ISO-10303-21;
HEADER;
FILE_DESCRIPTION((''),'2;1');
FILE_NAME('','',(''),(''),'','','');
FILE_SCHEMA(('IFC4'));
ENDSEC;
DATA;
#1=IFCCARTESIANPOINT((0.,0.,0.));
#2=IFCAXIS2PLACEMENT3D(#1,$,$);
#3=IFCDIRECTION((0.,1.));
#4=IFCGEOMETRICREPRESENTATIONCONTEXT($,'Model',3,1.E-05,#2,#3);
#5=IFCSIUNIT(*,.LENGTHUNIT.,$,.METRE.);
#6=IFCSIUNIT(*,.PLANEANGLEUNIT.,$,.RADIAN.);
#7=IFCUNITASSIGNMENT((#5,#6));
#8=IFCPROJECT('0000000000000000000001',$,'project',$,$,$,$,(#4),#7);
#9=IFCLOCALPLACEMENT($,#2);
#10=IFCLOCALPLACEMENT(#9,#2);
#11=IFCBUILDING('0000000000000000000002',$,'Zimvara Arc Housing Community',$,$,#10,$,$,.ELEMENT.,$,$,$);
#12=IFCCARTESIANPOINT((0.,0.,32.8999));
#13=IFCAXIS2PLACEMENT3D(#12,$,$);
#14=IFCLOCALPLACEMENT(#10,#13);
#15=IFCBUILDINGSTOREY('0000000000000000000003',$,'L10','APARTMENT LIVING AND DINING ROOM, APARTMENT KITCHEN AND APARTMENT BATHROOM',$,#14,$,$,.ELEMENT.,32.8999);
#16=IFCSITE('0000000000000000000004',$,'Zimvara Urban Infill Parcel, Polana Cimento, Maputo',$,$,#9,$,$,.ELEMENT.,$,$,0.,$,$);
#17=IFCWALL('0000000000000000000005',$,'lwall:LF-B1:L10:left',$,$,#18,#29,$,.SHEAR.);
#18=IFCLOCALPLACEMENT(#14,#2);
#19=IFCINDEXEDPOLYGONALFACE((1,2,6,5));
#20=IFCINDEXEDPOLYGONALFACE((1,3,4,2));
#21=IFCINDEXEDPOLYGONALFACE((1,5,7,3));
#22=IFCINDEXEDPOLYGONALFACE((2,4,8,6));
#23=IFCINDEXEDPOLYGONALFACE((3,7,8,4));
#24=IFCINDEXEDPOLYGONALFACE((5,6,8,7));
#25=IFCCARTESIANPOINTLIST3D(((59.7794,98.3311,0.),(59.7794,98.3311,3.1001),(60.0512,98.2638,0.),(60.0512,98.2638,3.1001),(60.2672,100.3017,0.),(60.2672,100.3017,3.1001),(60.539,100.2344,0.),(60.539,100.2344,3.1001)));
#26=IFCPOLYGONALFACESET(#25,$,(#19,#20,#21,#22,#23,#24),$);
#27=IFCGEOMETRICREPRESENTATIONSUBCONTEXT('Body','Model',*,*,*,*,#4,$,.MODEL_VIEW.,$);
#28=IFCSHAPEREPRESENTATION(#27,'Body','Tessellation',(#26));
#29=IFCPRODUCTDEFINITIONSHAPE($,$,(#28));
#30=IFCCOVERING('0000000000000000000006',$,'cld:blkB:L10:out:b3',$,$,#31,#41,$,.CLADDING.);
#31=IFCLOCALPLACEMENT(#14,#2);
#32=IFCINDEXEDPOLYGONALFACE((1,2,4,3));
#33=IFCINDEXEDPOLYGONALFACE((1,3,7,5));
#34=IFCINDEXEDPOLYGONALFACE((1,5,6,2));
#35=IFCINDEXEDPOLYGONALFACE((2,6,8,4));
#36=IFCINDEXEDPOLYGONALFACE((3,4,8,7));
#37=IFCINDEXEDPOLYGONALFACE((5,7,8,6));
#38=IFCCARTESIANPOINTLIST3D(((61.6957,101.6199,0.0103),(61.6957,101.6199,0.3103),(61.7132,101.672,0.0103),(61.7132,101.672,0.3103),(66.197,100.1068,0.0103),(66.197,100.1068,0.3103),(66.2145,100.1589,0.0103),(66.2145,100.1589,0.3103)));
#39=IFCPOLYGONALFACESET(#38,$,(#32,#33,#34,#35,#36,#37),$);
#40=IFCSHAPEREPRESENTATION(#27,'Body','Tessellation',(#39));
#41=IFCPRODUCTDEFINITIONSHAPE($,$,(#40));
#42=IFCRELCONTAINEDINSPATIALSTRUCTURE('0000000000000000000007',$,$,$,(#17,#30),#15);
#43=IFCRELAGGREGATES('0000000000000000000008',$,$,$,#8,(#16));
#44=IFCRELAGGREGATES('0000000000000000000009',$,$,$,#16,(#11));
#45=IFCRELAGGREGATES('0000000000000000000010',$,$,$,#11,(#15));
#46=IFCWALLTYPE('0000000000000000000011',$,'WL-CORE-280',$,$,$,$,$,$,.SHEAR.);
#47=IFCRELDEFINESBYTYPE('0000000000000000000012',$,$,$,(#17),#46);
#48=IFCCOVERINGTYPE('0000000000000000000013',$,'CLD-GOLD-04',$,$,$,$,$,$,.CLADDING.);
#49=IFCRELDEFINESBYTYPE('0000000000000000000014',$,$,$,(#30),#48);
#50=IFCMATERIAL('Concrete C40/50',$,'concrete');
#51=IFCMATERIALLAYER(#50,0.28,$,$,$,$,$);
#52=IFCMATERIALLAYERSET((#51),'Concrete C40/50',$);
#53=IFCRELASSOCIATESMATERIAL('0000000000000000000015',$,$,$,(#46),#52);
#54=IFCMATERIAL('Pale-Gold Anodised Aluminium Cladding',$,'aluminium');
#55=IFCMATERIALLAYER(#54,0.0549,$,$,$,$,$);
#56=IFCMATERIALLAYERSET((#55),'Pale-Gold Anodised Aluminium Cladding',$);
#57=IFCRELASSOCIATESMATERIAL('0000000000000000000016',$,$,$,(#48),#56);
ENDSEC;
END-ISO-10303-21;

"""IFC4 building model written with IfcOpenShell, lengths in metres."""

from ifc_helpers import new_model, si_unit, direction, frame, frame_2d, origin, origin_2d, place, context, subcontext, project, spatial, rectangle, extrude, material, layer, layer_set, type_object, element, save


model = new_model("IFC4")

# Units and contexts
model_context = context("Model", 3, precision=1e-05, world=origin(), true_north=direction((0.0, 1.0)))
body_context = subcontext(model_context, "Body", "Model", "MODEL_VIEW")
ifc_project = project(units=[si_unit("LENGTHUNIT", "METRE"), si_unit("PLANEANGLEUNIT", "RADIAN")], contexts=[model_context])

# Site, building, storey
site_placement = place(None, origin())
site = spatial("IfcSite", under=ifc_project, at=site_placement, Name="Zimvara Urban Infill Parcel, Polana Cimento, Maputo", CompositionType="ELEMENT", RefElevation=0.0)
building_placement = place(site_placement, origin())
building = spatial("IfcBuilding", under=site, at=building_placement, Name="Zimvara Arc Housing Community", CompositionType="ELEMENT")
storey_placement = place(building_placement, frame((0.0, 0.0, 32.8999)))
storey = spatial("IfcBuildingStorey", under=building, at=storey_placement, Name="L10", Description="APARTMENT LIVING AND DINING ROOM, APARTMENT KITCHEN AND APARTMENT BATHROOM", CompositionType="ELEMENT", Elevation=32.8999)

# Shared definitions
ifc_material_1 = material(Name="Concrete C40/50", Category="concrete")
ifc_layer_1 = layer(ifc_material_1, 0.28)
ifc_layer_set_1 = layer_set([ifc_layer_1], Name="Concrete C40/50")
wall_type_1 = type_object("IfcWallType", Name="WL-CORE-280", PredefinedType="SHEAR", material=ifc_layer_set_1)

# Wall
wall_1_placement = place(storey_placement, frame((59.9153, 98.2974, 0.0), z_axis=(0.0, 0.0, 1.0), x_axis=(0.240299, 0.970699, 0.0)))
element("IfcWall", 1, at=wall_1_placement, inside=storey, type_object=wall_type_1, Name="lwall:LF-B1:L10:left", PredefinedType="SHEAR", context=body_context, shape_type="SweptSolid", body=[
    extrude(rectangle(XDim=2.03, YDim=0.28, at=frame_2d((1.0151, 0.0))), origin(), (0.0, 0.0, 1.0), 3.1001),
])

# Covering
ifc_material_2 = material(Name="Pale-Gold Anodised Aluminium Cladding", Category="aluminium")
ifc_layer_2 = layer(ifc_material_2, 0.0549)
ifc_layer_set_2 = layer_set([ifc_layer_2], Name="Pale-Gold Anodised Aluminium Cladding")
covering_type = type_object("IfcCoveringType", Name="CLD-GOLD-04", PredefinedType="CLADDING", material=ifc_layer_set_2)
covering_placement = place(storey_placement, frame((63.9551, 100.8894, 0.0103), z_axis=(0.0, 0.0, 1.0), x_axis=(0.94788, -0.318628, 0.0)))
element("IfcCovering", 2, at=covering_placement, inside=storey, type_object=covering_type, Name="cld:blkB:L10:out:b3", PredefinedType="CLADDING", context=body_context, shape_type="SweptSolid", body=[
    extrude(rectangle(XDim=4.7488, YDim=0.0549, at=origin_2d()), origin(), (0.0, 0.0, 1.0), 0.3),
])

save(model, "model.ifc")
